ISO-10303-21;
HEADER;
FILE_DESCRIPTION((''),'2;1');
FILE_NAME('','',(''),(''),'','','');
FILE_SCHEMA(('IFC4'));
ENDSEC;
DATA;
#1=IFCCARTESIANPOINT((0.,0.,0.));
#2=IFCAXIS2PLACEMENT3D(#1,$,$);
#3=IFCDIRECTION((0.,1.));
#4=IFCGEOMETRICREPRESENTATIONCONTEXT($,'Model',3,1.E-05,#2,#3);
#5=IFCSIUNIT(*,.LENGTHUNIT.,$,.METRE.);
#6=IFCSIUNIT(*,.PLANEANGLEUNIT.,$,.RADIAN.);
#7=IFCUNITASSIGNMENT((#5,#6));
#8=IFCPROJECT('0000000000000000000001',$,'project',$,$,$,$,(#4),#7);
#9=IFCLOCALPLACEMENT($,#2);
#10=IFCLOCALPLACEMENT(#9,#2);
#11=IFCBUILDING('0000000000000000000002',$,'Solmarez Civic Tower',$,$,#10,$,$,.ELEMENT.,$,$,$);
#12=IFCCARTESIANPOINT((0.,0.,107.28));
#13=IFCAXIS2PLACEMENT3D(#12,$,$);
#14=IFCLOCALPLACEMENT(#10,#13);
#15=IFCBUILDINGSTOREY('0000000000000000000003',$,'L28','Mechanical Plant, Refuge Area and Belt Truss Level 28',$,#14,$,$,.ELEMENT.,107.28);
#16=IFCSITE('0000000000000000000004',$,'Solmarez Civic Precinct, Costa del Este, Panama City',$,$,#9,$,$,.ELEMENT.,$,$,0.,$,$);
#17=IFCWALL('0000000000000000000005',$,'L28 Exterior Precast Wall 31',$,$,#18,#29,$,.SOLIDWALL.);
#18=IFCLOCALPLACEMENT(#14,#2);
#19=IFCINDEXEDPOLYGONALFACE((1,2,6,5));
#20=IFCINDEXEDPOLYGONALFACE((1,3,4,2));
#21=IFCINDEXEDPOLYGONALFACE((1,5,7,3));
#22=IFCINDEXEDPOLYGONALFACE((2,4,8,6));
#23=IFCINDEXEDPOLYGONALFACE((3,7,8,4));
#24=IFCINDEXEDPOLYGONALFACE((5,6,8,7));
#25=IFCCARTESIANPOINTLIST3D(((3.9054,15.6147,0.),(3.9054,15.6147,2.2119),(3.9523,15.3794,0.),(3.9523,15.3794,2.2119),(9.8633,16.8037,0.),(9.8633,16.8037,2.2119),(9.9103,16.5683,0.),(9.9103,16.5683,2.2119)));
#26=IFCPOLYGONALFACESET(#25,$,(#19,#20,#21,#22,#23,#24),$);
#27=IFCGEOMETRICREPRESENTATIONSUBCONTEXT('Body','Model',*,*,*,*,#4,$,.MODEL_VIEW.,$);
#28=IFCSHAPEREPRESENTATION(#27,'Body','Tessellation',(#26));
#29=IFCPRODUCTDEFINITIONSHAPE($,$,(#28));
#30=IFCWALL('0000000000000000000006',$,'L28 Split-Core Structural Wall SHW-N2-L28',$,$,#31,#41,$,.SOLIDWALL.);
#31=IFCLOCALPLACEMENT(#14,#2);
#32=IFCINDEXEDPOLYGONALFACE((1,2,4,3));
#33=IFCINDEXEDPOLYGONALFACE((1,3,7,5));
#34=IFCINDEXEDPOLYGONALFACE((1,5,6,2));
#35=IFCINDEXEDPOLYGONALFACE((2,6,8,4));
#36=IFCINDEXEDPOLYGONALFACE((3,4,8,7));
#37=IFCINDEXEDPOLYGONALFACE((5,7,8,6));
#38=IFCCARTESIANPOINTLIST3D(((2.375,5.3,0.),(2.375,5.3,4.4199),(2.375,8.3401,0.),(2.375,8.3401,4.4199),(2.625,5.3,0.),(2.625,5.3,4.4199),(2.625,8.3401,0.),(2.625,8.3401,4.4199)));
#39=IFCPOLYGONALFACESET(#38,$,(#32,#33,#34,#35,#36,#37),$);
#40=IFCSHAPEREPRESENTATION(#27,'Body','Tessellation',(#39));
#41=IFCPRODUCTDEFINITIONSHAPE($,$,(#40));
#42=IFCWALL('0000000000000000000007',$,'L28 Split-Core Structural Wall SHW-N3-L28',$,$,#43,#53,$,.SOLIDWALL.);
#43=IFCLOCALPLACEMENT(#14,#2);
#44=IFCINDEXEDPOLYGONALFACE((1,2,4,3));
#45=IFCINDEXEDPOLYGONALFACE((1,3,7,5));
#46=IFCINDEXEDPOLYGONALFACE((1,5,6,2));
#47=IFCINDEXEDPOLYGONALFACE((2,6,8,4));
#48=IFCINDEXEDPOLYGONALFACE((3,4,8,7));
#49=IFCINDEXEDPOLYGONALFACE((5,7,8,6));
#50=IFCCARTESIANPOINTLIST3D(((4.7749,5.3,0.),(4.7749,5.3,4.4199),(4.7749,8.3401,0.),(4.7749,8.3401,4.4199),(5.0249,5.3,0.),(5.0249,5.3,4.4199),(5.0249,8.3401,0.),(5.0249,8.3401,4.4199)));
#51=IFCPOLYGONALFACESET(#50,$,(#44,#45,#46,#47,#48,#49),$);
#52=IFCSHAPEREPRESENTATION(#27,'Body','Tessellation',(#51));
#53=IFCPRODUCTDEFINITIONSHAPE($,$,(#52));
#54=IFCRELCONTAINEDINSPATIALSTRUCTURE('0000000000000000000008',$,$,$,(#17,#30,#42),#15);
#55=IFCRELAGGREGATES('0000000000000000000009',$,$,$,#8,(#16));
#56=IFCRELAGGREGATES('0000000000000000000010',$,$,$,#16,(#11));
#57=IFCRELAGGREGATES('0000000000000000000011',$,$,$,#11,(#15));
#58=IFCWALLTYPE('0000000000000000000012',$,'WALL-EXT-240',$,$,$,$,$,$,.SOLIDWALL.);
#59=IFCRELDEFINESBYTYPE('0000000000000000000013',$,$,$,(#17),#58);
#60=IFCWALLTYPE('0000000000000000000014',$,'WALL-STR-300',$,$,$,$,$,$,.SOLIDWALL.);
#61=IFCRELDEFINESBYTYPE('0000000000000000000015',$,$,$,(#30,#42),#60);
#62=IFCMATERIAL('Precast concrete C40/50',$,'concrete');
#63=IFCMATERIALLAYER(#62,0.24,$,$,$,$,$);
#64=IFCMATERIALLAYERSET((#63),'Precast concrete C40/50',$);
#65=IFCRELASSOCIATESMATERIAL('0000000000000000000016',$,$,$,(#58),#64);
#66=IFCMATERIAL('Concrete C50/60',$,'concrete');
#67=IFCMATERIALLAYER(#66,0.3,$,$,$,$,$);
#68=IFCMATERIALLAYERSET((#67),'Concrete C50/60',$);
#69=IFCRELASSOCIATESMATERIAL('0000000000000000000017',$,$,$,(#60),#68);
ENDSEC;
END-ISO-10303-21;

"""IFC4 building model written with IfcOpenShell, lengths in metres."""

from ifc_helpers import new_model, si_unit, direction, frame, frame_2d, origin, place, context, subcontext, project, spatial, rectangle, extrude, material, layer, layer_set, type_object, element, save


model = new_model("IFC4")

# Units and contexts
model_context = context("Model", 3, precision=1e-05, world=origin(), true_north=direction((0.0, 1.0)))
body_context = subcontext(model_context, "Body", "Model", "MODEL_VIEW")
ifc_project = project(units=[si_unit("LENGTHUNIT", "METRE"), si_unit("PLANEANGLEUNIT", "RADIAN")], contexts=[model_context])

# Site, building, storey
site_placement = place(None, origin())
site = spatial("IfcSite", under=ifc_project, at=site_placement, Name="Solmarez Civic Precinct, Costa del Este, Panama City", CompositionType="ELEMENT", RefElevation=0.0)
building_placement = place(site_placement, origin())
building = spatial("IfcBuilding", under=site, at=building_placement, Name="Solmarez Civic Tower", CompositionType="ELEMENT")
storey_placement = place(building_placement, frame((0.0, 0.0, 107.28)))
storey = spatial("IfcBuildingStorey", under=building, at=storey_placement, Name="L28", Description="Mechanical Plant, Refuge Area and Belt Truss Level 28", CompositionType="ELEMENT", Elevation=107.28)

# Walls
ifc_material_1 = material(Name="Precast concrete C40/50", Category="concrete")
ifc_layer_1 = layer(ifc_material_1, 0.24)
ifc_layer_set_1 = layer_set([ifc_layer_1], Name="Precast concrete C40/50")
wall_type_1 = type_object("IfcWallType", Name="WALL-EXT-240", PredefinedType="SOLIDWALL", material=ifc_layer_set_1)
wall_1_placement = place(storey_placement, frame((3.929, 15.4971, 0.0), z_axis=(0.0, 0.0, 1.0), x_axis=(0.980664, 0.195699, 0.0)))
element("IfcWall", 1, at=wall_1_placement, inside=storey, type_object=wall_type_1, Name="L28 Exterior Precast Wall 31", PredefinedType="SOLIDWALL", context=body_context, shape_type="SweptSolid", body=[
    extrude(rectangle(XDim=6.0754, YDim=0.24, at=frame_2d((3.0376, 0.0))), origin(), (0.0, 0.0, 1.0), 2.2119),
])
ifc_material_2 = material(Name="Concrete C50/60", Category="concrete")
ifc_layer_2 = layer(ifc_material_2, 0.3)
ifc_layer_set_2 = layer_set([ifc_layer_2], Name="Concrete C50/60")
wall_type_2 = type_object("IfcWallType", Name="WALL-STR-300", PredefinedType="SOLIDWALL", material=ifc_layer_set_2)
for number, where, z_axis, x_axis, name in (
    (2, (2.5, 5.3, 0.0), (0.0, 0.0, 1.0), (0.0, 1.0, 0.0), "L28 Split-Core Structural Wall SHW-N2-L28"),
    (3, (4.8999, 5.3, 0.0), (0.0, 0.0, 1.0), (0.0, 1.0, 0.0), "L28 Split-Core Structural Wall SHW-N3-L28"),
):
    element("IfcWall", number, at=place(storey_placement, frame(where, z_axis=z_axis, x_axis=x_axis)), inside=storey, type_object=wall_type_2, Name=name, PredefinedType="SOLIDWALL", context=body_context, shape_type="SweptSolid", body=[
        extrude(rectangle(XDim=3.04, YDim=0.25, at=frame_2d((1.52, 0.0))), origin(), (0.0, 0.0, 1.0), 4.4199),
    ])

save(model, "model.ifc")
